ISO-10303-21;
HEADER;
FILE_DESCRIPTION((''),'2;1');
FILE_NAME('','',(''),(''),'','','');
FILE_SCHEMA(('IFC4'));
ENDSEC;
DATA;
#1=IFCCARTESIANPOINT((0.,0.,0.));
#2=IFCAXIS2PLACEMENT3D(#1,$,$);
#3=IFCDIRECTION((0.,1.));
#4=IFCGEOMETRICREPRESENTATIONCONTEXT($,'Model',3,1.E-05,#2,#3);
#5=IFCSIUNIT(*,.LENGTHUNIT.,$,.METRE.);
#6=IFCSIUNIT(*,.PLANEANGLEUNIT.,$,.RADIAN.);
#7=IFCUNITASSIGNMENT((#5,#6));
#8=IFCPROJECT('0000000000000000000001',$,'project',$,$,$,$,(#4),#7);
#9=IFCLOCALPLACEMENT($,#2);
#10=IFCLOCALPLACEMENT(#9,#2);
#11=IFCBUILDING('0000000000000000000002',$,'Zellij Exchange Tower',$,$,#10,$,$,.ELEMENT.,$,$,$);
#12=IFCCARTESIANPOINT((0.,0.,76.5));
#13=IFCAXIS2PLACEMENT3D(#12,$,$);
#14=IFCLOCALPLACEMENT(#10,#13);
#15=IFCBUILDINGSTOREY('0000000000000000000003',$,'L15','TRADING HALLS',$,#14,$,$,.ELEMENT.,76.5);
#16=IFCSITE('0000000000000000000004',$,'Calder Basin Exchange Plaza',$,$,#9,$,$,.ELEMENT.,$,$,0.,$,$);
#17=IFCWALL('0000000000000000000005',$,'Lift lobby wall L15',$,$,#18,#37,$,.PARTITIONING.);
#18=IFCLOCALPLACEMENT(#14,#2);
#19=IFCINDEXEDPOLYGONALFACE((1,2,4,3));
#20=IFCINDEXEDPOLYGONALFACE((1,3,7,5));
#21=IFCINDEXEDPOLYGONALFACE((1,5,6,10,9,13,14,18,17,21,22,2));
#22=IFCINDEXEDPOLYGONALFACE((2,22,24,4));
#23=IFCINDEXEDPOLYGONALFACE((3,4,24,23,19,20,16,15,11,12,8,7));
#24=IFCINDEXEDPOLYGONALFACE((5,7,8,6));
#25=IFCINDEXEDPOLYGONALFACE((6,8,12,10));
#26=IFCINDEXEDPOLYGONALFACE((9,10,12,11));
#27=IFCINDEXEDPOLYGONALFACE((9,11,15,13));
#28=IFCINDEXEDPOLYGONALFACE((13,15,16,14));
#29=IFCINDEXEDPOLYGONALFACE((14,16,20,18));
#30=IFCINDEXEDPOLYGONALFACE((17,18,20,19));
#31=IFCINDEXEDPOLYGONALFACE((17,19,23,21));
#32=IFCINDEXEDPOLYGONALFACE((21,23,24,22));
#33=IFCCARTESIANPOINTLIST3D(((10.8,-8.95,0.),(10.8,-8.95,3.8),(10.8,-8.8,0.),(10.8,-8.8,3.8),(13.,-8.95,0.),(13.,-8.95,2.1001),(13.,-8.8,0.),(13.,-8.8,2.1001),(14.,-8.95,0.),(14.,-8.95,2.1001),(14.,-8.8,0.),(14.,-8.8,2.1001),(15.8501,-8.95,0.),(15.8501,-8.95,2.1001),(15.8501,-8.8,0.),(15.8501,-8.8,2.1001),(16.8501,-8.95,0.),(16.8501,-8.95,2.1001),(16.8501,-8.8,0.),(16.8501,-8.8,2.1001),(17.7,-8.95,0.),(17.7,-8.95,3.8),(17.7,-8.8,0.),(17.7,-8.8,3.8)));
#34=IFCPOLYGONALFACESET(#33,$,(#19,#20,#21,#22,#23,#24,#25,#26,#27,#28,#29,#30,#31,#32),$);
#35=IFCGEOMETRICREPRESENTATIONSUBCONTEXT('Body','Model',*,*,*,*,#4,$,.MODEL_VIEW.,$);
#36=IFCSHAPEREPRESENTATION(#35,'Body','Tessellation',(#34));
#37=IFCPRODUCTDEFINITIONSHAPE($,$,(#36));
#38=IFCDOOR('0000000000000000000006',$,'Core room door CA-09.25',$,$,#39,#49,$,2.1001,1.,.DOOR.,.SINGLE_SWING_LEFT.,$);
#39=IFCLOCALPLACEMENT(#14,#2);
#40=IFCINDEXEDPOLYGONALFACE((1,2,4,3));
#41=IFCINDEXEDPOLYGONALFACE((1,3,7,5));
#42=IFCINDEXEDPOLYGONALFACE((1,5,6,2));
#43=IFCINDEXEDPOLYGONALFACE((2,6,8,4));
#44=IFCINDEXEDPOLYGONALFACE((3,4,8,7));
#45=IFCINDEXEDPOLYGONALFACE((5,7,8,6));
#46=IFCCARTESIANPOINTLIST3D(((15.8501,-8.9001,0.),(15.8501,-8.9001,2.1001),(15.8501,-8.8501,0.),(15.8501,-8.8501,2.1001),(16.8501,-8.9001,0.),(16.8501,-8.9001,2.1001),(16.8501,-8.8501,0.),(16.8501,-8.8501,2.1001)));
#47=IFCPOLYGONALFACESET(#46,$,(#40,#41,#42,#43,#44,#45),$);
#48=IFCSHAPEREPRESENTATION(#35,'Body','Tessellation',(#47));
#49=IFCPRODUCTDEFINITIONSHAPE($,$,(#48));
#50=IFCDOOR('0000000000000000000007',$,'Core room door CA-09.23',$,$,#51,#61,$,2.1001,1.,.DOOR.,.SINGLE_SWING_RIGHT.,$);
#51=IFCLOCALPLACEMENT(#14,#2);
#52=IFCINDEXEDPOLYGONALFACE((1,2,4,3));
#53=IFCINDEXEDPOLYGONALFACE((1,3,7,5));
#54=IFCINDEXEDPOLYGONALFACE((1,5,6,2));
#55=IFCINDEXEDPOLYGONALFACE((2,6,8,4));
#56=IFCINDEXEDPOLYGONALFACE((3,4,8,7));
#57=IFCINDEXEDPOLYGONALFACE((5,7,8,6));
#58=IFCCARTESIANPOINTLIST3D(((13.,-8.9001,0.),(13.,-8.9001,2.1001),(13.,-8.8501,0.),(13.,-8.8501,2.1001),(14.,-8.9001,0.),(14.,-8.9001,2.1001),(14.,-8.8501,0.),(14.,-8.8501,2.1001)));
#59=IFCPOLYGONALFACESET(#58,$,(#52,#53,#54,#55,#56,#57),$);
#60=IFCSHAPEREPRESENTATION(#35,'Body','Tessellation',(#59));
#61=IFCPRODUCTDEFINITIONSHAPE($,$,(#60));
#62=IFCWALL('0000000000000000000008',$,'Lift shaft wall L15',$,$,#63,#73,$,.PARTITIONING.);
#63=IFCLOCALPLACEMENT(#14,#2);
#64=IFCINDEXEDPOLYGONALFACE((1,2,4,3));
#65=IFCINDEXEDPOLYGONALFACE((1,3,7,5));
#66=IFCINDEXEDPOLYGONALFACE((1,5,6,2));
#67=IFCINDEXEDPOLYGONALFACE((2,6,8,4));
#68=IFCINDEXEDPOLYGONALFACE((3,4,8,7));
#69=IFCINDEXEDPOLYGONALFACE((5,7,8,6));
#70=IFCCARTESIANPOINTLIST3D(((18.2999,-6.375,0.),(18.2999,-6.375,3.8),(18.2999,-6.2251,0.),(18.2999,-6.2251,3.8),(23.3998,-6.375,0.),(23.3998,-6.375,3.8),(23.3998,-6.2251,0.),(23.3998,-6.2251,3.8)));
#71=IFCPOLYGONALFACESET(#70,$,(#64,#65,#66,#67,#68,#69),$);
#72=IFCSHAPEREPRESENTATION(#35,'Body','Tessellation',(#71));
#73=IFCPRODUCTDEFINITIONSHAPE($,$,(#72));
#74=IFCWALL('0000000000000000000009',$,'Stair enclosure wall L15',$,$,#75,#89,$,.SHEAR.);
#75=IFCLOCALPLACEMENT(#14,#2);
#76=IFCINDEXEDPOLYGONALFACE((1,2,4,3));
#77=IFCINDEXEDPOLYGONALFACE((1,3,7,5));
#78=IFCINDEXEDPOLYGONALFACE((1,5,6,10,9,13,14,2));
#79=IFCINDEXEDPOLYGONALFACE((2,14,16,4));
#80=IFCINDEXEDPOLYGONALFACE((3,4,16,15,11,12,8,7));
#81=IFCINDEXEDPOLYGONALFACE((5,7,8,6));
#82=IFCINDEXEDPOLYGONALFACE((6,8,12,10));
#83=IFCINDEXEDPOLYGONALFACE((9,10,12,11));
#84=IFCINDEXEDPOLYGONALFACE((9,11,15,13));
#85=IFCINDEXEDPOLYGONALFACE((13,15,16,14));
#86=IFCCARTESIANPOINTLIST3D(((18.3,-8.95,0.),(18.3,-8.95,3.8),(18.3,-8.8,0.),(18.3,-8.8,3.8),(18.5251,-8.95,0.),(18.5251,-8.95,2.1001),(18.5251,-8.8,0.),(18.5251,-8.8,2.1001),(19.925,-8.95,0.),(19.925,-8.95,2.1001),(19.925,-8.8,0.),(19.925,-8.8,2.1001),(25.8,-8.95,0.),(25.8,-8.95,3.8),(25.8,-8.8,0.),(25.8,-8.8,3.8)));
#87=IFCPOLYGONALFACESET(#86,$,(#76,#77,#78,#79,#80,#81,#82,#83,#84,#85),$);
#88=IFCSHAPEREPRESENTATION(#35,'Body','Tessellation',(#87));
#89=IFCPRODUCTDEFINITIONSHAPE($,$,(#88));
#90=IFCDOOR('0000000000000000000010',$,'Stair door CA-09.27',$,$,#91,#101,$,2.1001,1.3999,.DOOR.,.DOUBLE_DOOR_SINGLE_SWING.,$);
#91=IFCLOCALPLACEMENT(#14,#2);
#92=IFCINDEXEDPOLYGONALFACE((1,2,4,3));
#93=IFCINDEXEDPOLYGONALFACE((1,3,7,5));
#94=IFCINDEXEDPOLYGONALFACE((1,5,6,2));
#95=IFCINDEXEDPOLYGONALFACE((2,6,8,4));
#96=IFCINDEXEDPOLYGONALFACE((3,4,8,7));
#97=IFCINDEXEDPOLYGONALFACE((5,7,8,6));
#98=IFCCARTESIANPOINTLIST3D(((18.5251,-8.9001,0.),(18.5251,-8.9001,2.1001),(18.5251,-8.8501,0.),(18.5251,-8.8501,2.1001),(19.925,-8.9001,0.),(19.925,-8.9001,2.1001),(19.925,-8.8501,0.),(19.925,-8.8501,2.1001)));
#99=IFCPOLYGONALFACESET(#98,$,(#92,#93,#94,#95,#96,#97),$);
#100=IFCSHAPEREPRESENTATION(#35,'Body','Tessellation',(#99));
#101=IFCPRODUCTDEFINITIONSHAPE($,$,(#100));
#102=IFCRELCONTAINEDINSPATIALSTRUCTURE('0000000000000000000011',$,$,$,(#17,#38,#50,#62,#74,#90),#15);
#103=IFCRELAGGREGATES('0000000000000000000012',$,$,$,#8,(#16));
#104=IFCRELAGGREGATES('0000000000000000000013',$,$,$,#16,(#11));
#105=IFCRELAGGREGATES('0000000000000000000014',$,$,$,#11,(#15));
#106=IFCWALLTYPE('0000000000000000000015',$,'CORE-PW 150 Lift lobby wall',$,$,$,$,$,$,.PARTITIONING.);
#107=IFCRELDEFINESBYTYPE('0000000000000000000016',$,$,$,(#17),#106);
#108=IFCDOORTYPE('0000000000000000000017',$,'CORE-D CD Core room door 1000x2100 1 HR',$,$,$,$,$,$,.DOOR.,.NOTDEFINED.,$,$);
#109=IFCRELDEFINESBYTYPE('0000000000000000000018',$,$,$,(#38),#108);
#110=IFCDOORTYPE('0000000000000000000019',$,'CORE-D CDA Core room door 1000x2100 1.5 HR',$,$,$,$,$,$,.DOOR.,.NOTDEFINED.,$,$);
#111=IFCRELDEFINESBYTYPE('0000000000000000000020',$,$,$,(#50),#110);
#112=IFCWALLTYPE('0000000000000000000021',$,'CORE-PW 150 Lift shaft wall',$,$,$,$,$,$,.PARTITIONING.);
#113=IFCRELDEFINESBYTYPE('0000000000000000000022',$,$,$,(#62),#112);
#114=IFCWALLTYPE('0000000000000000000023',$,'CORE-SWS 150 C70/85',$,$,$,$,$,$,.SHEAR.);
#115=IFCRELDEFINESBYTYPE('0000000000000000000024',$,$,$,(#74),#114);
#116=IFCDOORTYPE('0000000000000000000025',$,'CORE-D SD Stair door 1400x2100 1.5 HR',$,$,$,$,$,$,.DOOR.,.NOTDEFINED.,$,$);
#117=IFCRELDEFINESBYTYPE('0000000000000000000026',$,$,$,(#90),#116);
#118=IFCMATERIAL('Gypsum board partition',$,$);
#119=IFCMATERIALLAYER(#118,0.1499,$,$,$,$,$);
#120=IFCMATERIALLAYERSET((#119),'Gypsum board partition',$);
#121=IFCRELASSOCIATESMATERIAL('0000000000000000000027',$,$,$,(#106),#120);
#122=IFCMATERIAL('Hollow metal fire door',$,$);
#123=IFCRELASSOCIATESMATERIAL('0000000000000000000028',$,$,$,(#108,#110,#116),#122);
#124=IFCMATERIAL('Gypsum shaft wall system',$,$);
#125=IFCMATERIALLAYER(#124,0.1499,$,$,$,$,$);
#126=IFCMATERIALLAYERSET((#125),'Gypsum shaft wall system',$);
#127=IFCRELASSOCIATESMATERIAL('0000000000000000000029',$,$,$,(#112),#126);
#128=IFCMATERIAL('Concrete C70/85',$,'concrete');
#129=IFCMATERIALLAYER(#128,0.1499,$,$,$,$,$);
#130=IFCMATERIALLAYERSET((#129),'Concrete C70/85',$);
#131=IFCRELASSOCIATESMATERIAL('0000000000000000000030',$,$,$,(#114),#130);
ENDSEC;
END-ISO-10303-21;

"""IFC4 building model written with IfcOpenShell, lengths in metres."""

from ifc_helpers import new_model, si_unit, direction, frame, frame_2d, origin, place, context, subcontext, project, spatial, rectangle, extrude, material, layer, layer_set, type_object, element, fill, save


model = new_model("IFC4")

# Units and contexts
model_context = context("Model", 3, precision=1e-05, world=origin(), true_north=direction((0.0, 1.0)))
body_context = subcontext(model_context, "Body", "Model", "MODEL_VIEW")
ifc_project = project(units=[si_unit("LENGTHUNIT", "METRE"), si_unit("PLANEANGLEUNIT", "RADIAN")], contexts=[model_context])

# Site, building, storey
site_placement = place(None, origin())
site = spatial("IfcSite", under=ifc_project, at=site_placement, Name="Calder Basin Exchange Plaza", CompositionType="ELEMENT", RefElevation=0.0)
building_placement = place(site_placement, origin())
building = spatial("IfcBuilding", under=site, at=building_placement, Name="Zellij Exchange Tower", CompositionType="ELEMENT")
storey_placement = place(building_placement, frame((0.0, 0.0, 76.5)))
storey = spatial("IfcBuildingStorey", under=building, at=storey_placement, Name="L15", Description="TRADING HALLS", CompositionType="ELEMENT", Elevation=76.5)

# Shared definitions
ifc_material_1 = material(Name="Concrete C70/85", Category="concrete")
ifc_material_2 = material(Name="Gypsum board partition")
ifc_layer_1 = layer(ifc_material_2, 0.1499)
ifc_layer_set_1 = layer_set([ifc_layer_1], Name="Gypsum board partition")
wall_type_1 = type_object("IfcWallType", Name="CORE-PW 150 Lift lobby wall", PredefinedType="PARTITIONING", material=ifc_layer_set_1)

# Shared definitions
ifc_material_3 = material(Name="Hollow metal fire door")

# Wall, openings, doors
door_type_1 = type_object("IfcDoorType", Name="CORE-D CD Core room door 1000x2100 1 HR", OperationType="NOTDEFINED", PredefinedType="DOOR", material=ifc_material_3)
wall_1_placement = place(storey_placement, frame((10.8, -8.875, 0.0), z_axis=(0.0, 0.0, 1.0), x_axis=(1.0, 0.0, 0.0)))
wall_1 = element("IfcWall", 1, at=wall_1_placement, inside=storey, type_object=wall_type_1, Name="Lift lobby wall L15", PredefinedType="PARTITIONING", context=body_context, shape_type="SweptSolid", body=[
    extrude(rectangle(XDim=6.8999, YDim=0.1499, at=frame_2d((3.45, 0.0))), origin(), (0.0, 0.0, 1.0), 3.8),
])
opening_1_placement = place(wall_1_placement, frame((2.2, 0.0, 0.0)))
opening_1 = element("IfcOpeningElement", 2, at=opening_1_placement, cuts=wall_1, PredefinedType="OPENING", context=body_context, shape_type="SweptSolid", body=[
    extrude(rectangle(XDim=1.0, YDim=2.1001, at=frame_2d((0.5, 1.05))), frame((0.0, 0.0869, 0.0), z_axis=(0.0, -1.0, 0.0), x_axis=(1.0, 0.0, 0.0)), (0.0, 0.0, 1.0), 0.1738),
])
opening_2_placement = place(wall_1_placement, frame((5.05, 0.0, 0.0)))
opening_2 = element("IfcOpeningElement", 3, at=opening_2_placement, cuts=wall_1, PredefinedType="OPENING", context=body_context, shape_type="SweptSolid", body=[
    extrude(rectangle(XDim=1.0, YDim=2.1001, at=frame_2d((0.5, 1.05))), frame((0.0, 0.0869, 0.0), z_axis=(0.0, -1.0, 0.0), x_axis=(1.0, 0.0, 0.0)), (0.0, 0.0, 1.0), 0.1738),
])
door_1_placement = place(opening_2_placement, origin())
door_1 = element("IfcDoor", 4, at=door_1_placement, inside=storey, type_object=door_type_1, Name="Core room door CA-09.25", OperationType="SINGLE_SWING_LEFT", OverallHeight=2.1001, OverallWidth=1.0, PredefinedType="DOOR", context=body_context, shape_type="SweptSolid", body=[
    extrude(rectangle(XDim=1.0, YDim=2.1001, at=frame_2d((0.5, 1.05))), frame((0.0, 0.0249, 0.0), z_axis=(0.0, -1.0, 0.0), x_axis=(1.0, 0.0, 0.0)), (0.0, 0.0, 1.0), 0.05),
])
fill(opening_2, door_1)
door_type_2 = type_object("IfcDoorType", Name="CORE-D CDA Core room door 1000x2100 1.5 HR", OperationType="NOTDEFINED", PredefinedType="DOOR", material=ifc_material_3)
door_2_placement = place(opening_1_placement, origin())
door_2 = element("IfcDoor", 5, at=door_2_placement, inside=storey, type_object=door_type_2, Name="Core room door CA-09.23", OperationType="SINGLE_SWING_RIGHT", OverallHeight=2.1001, OverallWidth=1.0, PredefinedType="DOOR", context=body_context, shape_type="SweptSolid", body=[
    extrude(rectangle(XDim=1.0, YDim=2.1001, at=frame_2d((0.5, 1.05))), frame((0.0, 0.0249, 0.0), z_axis=(0.0, -1.0, 0.0), x_axis=(1.0, 0.0, 0.0)), (0.0, 0.0, 1.0), 0.05),
])
fill(opening_1, door_2)

# Wall
ifc_material_4 = material(Name="Gypsum shaft wall system")
ifc_layer_2 = layer(ifc_material_4, 0.1499)
ifc_layer_set_2 = layer_set([ifc_layer_2], Name="Gypsum shaft wall system")
wall_type_2 = type_object("IfcWallType", Name="CORE-PW 150 Lift shaft wall", PredefinedType="PARTITIONING", material=ifc_layer_set_2)
wall_2_placement = place(storey_placement, frame((18.3, -6.3, 0.0), z_axis=(0.0, 0.0, 1.0), x_axis=(1.0, 0.0, 0.0)))
element("IfcWall", 6, at=wall_2_placement, inside=storey, type_object=wall_type_2, Name="Lift shaft wall L15", PredefinedType="PARTITIONING", context=body_context, shape_type="SweptSolid", body=[
    extrude(rectangle(XDim=5.0999, YDim=0.1499, at=frame_2d((2.5498, 0.0))), origin(), (0.0, 0.0, 1.0), 3.8),
])

# Wall, opening, door
ifc_layer_3 = layer(ifc_material_1, 0.1499)
ifc_layer_set_3 = layer_set([ifc_layer_3], Name="Concrete C70/85")
wall_type_3 = type_object("IfcWallType", Name="CORE-SWS 150 C70/85", PredefinedType="SHEAR", material=ifc_layer_set_3)
wall_3_placement = place(storey_placement, frame((18.3, -8.875, 0.0), z_axis=(0.0, 0.0, 1.0), x_axis=(1.0, 0.0, 0.0)))
wall_3 = element("IfcWall", 7, at=wall_3_placement, inside=storey, type_object=wall_type_3, Name="Stair enclosure wall L15", PredefinedType="SHEAR", context=body_context, shape_type="SweptSolid", body=[
    extrude(rectangle(XDim=7.5, YDim=0.1499, at=frame_2d((3.75, 0.0))), origin(), (0.0, 0.0, 1.0), 3.8),
])
opening_3_placement = place(wall_3_placement, frame((0.2251, 0.0, 0.0)))
opening_3 = element("IfcOpeningElement", 8, at=opening_3_placement, cuts=wall_3, PredefinedType="OPENING", context=body_context, shape_type="SweptSolid", body=[
    extrude(rectangle(XDim=1.3999, YDim=2.1001, at=frame_2d((0.7, 1.05))), frame((0.0, 0.0869, 0.0), z_axis=(0.0, -1.0, 0.0), x_axis=(1.0, 0.0, 0.0)), (0.0, 0.0, 1.0), 0.1738),
])
door_type_3 = type_object("IfcDoorType", Name="CORE-D SD Stair door 1400x2100 1.5 HR", OperationType="NOTDEFINED", PredefinedType="DOOR", material=ifc_material_3)
door_3_placement = place(opening_3_placement, origin())
door_3 = element("IfcDoor", 9, at=door_3_placement, inside=storey, type_object=door_type_3, Name="Stair door CA-09.27", OperationType="DOUBLE_DOOR_SINGLE_SWING", OverallHeight=2.1001, OverallWidth=1.3999, PredefinedType="DOOR", context=body_context, shape_type="SweptSolid", body=[
    extrude(rectangle(XDim=1.3999, YDim=2.1001, at=frame_2d((0.7, 1.05))), frame((0.0, 0.0249, 0.0), z_axis=(0.0, -1.0, 0.0), x_axis=(1.0, 0.0, 0.0)), (0.0, 0.0, 1.0), 0.05),
])
fill(opening_3, door_3)

save(model, "model.ifc")
